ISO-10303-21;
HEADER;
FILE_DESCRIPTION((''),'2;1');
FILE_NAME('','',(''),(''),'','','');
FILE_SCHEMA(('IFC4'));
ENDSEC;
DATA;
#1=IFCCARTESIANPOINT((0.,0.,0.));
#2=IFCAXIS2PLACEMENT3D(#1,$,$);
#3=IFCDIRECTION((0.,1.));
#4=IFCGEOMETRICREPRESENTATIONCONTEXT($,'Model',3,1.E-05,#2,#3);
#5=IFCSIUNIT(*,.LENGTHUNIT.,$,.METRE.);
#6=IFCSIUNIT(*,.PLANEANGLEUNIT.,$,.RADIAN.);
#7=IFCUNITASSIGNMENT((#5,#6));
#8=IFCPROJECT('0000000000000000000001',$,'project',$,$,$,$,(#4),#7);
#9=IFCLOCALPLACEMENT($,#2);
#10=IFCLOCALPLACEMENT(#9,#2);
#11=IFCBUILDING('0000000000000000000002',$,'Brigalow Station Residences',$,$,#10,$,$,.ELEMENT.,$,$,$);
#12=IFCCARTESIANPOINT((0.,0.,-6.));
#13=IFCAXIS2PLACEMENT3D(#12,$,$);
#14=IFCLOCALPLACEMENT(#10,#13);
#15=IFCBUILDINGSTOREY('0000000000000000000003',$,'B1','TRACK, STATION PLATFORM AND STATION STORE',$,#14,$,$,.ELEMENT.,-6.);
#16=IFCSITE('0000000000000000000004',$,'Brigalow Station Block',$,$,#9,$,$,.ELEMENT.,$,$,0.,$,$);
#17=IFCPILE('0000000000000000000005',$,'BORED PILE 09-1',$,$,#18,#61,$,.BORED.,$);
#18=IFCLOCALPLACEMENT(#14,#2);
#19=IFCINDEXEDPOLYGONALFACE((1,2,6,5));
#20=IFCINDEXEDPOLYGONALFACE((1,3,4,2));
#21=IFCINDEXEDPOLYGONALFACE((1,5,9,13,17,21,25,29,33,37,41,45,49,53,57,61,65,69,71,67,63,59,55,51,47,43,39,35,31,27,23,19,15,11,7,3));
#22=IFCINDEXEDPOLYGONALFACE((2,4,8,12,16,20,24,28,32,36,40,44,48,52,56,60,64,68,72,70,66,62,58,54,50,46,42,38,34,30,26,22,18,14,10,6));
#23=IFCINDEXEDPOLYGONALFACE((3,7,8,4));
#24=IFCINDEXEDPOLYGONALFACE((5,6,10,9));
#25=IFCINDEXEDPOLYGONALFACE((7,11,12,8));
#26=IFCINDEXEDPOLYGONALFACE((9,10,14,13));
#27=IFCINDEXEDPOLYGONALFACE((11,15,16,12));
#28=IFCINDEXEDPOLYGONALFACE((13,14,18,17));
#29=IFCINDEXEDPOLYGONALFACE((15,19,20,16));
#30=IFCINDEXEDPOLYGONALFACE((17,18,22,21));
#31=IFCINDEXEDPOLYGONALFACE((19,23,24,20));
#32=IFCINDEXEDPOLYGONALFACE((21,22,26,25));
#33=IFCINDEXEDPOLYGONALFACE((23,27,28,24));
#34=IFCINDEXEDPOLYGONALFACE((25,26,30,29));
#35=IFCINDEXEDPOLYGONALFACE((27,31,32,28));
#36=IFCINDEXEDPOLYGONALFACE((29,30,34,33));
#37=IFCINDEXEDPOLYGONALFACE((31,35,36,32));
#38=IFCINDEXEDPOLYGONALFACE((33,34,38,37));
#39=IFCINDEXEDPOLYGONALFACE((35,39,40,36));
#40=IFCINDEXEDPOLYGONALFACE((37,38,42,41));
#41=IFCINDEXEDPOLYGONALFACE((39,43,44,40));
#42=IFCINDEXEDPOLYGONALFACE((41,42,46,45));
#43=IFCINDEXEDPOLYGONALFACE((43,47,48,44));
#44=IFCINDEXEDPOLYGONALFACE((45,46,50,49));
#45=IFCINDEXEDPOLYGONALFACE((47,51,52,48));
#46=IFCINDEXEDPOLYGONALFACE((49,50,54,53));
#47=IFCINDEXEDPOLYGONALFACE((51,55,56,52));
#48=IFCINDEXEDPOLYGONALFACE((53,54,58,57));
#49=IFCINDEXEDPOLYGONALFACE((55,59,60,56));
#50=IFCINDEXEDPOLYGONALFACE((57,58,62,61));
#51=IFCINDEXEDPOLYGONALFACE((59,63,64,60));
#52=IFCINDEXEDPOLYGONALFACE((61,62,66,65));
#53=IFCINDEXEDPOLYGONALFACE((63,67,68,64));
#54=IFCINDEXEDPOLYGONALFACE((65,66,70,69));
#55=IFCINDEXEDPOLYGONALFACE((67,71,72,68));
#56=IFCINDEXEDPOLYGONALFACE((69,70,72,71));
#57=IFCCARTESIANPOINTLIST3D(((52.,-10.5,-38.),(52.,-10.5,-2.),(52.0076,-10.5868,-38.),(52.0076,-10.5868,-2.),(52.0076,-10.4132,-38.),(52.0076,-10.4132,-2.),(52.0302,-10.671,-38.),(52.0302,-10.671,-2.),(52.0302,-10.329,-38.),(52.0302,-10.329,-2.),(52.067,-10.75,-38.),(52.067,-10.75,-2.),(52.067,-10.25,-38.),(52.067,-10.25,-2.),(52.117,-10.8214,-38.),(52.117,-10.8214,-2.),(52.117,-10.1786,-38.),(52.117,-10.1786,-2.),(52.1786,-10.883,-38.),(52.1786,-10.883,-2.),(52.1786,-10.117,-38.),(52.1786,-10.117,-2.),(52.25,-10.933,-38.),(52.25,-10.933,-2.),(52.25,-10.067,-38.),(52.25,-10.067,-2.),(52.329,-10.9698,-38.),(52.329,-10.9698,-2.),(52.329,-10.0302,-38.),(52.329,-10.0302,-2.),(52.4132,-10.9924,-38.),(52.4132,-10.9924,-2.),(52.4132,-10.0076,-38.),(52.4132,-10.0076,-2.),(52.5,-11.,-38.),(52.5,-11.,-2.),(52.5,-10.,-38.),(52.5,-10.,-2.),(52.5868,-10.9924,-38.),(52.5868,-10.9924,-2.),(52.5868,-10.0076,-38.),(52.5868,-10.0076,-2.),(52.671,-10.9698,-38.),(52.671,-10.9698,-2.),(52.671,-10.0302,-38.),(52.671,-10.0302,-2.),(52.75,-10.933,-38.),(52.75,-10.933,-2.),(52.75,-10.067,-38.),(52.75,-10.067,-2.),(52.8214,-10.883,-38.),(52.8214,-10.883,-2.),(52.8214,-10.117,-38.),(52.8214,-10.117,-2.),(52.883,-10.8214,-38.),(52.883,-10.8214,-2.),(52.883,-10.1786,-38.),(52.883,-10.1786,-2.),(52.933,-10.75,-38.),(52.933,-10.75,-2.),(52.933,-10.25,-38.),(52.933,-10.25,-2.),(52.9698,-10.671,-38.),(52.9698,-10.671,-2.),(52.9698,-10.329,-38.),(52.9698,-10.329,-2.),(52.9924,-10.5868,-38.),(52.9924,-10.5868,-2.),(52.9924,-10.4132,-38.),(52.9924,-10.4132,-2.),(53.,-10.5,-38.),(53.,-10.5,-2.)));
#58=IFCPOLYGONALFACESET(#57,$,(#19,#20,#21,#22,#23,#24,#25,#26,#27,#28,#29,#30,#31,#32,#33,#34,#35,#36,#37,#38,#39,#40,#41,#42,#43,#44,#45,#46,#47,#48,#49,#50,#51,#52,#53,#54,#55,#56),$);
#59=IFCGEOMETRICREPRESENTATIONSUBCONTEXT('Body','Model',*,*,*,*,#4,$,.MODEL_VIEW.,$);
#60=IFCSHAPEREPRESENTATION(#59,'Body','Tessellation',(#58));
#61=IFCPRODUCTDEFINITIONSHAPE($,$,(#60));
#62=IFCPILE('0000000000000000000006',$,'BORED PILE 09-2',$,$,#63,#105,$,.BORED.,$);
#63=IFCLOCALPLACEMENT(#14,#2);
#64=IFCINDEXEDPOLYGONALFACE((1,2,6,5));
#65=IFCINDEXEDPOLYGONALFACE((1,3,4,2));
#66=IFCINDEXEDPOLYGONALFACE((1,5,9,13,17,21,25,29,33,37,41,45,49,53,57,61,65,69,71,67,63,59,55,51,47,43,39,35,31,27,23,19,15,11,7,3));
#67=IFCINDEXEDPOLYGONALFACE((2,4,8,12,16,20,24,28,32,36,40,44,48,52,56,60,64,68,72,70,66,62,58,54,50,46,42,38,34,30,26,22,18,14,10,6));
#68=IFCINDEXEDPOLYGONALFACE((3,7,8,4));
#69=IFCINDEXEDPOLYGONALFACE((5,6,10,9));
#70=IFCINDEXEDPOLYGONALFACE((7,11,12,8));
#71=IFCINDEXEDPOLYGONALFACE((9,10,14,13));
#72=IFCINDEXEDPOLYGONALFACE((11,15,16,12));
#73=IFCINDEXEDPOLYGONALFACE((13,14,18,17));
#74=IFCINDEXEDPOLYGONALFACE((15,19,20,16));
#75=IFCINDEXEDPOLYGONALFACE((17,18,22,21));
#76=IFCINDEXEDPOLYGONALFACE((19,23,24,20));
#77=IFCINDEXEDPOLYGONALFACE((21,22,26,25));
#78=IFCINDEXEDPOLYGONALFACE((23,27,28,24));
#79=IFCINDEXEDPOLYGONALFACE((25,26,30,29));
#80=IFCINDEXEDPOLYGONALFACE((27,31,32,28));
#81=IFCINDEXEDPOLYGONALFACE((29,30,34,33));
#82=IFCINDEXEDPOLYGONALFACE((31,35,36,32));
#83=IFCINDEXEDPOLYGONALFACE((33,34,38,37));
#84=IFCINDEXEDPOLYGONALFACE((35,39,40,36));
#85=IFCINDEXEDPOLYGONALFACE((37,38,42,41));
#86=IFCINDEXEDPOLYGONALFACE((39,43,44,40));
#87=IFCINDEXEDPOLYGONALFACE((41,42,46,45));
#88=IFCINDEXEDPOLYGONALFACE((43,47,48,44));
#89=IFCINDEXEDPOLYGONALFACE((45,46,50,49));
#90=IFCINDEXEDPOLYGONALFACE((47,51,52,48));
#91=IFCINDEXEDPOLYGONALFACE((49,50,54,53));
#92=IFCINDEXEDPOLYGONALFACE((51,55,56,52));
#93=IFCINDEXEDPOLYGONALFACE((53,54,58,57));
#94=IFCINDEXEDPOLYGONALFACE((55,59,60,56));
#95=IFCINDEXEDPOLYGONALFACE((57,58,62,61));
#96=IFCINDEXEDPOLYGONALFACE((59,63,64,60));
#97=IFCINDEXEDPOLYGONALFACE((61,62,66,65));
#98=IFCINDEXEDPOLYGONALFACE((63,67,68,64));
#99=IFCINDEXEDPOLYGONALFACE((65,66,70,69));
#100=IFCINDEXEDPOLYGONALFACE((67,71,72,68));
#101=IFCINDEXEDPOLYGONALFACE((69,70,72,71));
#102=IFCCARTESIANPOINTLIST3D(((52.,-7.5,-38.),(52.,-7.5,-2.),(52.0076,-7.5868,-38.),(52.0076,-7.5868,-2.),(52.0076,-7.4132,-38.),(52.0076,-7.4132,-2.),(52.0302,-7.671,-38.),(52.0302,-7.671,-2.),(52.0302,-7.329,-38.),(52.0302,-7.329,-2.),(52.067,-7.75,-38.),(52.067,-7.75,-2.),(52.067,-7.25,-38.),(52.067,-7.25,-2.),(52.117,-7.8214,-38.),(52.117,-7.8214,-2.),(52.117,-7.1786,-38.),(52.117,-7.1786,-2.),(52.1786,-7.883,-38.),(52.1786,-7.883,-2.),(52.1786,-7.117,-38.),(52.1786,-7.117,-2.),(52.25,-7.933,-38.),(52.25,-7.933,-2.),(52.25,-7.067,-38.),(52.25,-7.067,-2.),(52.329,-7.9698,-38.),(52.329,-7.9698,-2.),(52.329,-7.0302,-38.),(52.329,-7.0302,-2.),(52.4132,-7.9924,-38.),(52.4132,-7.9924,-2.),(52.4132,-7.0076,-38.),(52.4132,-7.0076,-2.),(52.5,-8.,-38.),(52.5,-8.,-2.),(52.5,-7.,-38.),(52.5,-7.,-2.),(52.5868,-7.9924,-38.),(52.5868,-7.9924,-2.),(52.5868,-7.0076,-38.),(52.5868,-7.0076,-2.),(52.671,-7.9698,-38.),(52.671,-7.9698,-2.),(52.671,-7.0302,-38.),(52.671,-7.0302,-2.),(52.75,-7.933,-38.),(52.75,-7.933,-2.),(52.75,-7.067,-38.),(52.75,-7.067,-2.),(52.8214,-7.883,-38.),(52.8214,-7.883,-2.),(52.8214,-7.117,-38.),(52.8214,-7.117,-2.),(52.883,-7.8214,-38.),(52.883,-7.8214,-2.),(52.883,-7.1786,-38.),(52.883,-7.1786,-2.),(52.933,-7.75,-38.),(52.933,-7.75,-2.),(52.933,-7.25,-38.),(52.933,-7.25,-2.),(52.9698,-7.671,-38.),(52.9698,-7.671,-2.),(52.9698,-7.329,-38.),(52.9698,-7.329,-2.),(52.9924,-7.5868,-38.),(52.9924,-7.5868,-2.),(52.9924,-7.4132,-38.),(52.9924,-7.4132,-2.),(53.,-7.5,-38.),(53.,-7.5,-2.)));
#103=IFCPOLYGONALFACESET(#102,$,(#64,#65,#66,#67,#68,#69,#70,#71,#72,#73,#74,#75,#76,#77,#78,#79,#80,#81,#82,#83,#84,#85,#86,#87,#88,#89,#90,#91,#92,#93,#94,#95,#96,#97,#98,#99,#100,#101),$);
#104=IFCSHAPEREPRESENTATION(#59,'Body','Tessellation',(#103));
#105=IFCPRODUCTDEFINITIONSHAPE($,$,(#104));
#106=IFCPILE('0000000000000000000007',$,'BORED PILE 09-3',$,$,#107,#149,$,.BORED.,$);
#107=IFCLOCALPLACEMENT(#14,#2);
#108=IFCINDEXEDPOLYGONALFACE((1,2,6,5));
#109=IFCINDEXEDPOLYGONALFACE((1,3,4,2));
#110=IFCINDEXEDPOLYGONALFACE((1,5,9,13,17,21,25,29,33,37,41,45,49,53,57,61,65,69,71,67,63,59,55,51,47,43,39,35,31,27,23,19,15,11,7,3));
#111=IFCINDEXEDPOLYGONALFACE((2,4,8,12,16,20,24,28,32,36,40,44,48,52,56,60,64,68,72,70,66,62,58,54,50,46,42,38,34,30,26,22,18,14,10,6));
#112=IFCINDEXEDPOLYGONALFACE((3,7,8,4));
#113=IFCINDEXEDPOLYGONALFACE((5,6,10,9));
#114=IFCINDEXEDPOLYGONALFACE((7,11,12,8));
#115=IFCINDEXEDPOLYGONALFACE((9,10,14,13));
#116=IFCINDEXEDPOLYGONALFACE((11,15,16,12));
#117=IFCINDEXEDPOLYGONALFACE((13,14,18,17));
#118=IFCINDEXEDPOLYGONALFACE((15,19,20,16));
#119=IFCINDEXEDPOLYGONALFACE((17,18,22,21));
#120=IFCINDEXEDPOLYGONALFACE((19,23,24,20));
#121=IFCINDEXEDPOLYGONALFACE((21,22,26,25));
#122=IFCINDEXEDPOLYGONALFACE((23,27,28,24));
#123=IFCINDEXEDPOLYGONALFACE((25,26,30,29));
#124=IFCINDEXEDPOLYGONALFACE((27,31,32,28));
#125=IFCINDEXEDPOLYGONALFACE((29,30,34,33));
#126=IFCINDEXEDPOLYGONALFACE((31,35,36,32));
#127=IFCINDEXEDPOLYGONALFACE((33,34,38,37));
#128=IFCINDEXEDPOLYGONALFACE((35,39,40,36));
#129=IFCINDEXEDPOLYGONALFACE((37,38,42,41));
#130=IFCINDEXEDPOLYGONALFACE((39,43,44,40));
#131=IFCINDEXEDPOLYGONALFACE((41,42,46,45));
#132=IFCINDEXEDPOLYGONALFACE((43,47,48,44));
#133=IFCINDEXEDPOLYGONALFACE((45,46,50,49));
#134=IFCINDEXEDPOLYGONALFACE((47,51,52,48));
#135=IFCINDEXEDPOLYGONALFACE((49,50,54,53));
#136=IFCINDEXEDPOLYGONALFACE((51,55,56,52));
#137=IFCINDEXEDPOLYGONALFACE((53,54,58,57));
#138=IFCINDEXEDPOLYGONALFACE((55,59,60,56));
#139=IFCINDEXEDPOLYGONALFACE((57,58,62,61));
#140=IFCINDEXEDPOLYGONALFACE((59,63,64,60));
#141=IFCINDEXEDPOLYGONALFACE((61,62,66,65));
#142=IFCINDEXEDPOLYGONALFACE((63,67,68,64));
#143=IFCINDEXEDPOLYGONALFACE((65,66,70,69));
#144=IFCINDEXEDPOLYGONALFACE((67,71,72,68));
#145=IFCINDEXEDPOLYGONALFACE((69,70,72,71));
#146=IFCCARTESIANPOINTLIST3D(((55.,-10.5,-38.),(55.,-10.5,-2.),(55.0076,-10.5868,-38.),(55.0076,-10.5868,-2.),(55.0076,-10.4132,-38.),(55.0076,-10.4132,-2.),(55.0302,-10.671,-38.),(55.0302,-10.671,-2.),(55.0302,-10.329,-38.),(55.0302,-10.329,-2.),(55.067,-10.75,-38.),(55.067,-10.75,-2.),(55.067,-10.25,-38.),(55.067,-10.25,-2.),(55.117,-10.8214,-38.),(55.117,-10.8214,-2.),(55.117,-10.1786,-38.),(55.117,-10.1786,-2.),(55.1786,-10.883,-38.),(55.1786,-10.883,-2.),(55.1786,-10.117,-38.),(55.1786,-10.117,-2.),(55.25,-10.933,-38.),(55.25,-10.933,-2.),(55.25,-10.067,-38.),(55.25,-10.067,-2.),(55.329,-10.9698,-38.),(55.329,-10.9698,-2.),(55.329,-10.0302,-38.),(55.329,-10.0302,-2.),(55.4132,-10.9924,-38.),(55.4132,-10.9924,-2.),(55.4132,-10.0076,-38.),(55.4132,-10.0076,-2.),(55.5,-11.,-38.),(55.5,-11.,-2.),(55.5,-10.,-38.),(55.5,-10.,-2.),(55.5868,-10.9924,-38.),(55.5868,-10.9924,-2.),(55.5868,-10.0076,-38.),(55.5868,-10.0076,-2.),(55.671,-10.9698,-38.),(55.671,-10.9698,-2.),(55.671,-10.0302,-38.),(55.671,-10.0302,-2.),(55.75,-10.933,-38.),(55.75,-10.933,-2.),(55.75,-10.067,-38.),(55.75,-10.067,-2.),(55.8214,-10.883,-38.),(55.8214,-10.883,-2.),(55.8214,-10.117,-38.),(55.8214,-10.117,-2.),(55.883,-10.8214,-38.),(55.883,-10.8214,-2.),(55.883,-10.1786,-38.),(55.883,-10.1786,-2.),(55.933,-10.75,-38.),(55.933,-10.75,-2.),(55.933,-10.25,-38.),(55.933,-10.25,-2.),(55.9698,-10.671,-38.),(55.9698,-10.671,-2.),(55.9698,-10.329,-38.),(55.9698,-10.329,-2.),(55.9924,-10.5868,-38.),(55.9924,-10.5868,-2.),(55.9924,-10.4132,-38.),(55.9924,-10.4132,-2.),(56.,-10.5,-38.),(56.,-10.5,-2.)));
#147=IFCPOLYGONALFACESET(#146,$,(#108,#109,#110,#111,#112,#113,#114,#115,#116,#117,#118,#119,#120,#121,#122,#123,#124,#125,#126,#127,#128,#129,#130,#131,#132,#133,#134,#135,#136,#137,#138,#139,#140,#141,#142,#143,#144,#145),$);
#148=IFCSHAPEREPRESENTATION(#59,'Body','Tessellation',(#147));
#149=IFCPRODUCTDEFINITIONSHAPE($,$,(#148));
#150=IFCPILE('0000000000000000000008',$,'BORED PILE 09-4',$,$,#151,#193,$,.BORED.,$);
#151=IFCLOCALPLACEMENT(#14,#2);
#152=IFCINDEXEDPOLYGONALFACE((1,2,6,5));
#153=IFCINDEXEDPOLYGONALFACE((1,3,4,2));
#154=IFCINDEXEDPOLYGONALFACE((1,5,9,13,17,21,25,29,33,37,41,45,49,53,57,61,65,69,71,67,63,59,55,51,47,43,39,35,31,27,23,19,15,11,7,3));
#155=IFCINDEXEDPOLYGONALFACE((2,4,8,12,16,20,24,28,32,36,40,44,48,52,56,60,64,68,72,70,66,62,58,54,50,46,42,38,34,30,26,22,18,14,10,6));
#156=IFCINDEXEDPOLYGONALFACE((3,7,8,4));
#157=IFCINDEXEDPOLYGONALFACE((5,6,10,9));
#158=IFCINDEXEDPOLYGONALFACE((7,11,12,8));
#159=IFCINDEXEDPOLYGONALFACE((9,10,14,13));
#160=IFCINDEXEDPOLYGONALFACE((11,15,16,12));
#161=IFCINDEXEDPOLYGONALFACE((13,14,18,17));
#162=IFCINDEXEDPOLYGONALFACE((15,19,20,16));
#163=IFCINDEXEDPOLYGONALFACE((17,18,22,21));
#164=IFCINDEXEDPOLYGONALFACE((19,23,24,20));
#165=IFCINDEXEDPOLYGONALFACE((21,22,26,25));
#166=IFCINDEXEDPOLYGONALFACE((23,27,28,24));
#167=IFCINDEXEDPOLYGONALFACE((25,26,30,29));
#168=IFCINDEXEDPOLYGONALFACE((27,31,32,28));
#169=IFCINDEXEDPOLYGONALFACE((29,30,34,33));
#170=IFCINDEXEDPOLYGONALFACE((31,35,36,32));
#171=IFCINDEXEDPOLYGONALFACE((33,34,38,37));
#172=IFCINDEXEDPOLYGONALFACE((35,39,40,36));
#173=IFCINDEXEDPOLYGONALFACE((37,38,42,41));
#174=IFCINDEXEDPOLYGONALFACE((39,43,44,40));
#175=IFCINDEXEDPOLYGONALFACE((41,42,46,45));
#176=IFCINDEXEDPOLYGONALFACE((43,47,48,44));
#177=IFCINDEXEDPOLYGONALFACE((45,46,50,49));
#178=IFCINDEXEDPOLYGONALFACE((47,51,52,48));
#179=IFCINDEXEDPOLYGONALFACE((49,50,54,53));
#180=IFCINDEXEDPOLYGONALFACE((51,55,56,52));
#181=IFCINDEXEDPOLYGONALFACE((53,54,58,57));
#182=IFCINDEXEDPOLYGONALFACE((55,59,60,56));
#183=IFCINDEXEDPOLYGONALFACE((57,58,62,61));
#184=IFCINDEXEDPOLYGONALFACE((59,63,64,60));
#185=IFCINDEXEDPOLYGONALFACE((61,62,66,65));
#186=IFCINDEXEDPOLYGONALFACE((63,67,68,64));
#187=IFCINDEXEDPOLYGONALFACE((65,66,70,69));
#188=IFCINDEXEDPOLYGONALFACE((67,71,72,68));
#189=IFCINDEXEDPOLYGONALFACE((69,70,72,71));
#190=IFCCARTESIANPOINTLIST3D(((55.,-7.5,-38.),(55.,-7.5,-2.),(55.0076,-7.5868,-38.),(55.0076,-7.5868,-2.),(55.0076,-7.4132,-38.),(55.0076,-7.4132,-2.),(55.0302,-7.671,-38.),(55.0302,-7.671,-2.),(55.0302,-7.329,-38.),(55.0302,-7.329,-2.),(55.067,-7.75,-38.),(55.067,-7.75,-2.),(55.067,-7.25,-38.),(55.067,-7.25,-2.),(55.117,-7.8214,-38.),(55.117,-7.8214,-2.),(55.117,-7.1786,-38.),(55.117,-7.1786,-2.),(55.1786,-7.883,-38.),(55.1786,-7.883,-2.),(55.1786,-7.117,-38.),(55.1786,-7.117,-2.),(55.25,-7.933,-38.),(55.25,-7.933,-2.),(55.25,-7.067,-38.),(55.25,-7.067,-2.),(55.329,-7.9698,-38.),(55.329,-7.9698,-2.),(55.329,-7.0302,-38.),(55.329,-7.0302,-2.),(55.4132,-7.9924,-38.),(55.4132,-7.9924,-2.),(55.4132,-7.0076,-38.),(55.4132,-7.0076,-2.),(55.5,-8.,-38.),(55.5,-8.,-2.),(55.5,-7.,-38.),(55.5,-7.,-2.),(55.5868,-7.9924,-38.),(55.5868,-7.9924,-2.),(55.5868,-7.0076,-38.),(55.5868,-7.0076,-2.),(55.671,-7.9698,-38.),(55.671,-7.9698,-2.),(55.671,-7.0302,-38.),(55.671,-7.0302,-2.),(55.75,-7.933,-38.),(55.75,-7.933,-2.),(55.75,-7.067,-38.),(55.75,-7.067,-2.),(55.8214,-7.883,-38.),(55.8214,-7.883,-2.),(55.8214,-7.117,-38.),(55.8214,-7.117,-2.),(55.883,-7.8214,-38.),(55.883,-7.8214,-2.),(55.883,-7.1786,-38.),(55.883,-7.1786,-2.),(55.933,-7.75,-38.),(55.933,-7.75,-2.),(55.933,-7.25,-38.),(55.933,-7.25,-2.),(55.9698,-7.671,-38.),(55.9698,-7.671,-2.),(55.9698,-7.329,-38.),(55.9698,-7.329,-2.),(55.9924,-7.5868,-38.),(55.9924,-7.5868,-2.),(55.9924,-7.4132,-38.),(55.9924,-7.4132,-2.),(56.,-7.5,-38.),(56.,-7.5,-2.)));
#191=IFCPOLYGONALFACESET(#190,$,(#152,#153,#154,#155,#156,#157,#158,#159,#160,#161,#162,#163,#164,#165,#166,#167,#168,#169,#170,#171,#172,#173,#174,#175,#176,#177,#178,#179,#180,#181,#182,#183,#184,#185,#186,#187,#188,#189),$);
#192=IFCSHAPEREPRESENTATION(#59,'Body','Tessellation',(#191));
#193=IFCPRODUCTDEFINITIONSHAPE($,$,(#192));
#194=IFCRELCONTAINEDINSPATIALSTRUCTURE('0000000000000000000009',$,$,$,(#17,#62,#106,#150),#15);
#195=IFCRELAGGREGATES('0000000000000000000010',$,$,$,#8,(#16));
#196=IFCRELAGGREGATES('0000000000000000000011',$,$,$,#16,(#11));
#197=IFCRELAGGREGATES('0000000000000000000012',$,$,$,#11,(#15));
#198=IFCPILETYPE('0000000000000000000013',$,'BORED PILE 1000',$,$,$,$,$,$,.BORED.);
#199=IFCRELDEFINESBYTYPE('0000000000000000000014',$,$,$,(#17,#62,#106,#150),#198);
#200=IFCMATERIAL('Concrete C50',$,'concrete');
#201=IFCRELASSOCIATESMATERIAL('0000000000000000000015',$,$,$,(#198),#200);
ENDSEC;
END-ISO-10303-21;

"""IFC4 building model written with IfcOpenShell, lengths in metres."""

from ifc_helpers import new_model, si_unit, direction, frame, origin, origin_2d, place, context, subcontext, project, spatial, circle, extrude, material, material_profile, profile_set, type_object, element, save


model = new_model("IFC4")

# Units and contexts
model_context = context("Model", 3, precision=1e-05, world=origin(), true_north=direction((0.0, 1.0)))
body_context = subcontext(model_context, "Body", "Model", "MODEL_VIEW")
ifc_project = project(units=[si_unit("LENGTHUNIT", "METRE"), si_unit("PLANEANGLEUNIT", "RADIAN")], contexts=[model_context])

# Site, building, storey
site_placement = place(None, origin())
site = spatial("IfcSite", under=ifc_project, at=site_placement, Name="Brigalow Station Block", CompositionType="ELEMENT", RefElevation=0.0)
building_placement = place(site_placement, origin())
building = spatial("IfcBuilding", under=site, at=building_placement, Name="Brigalow Station Residences", CompositionType="ELEMENT")
storey_placement = place(building_placement, frame((0.0, 0.0, -6.0)))
storey = spatial("IfcBuildingStorey", under=building, at=storey_placement, Name="B1", Description="TRACK, STATION PLATFORM AND STATION STORE", CompositionType="ELEMENT", Elevation=-6.0)

# Piles
ifc_material_1 = material(Name="Concrete C50", Category="concrete")
ifc_material_profile_1 = material_profile(ifc_material_1, circle(Radius=0.5, at=origin_2d()), Name="BP1000")
ifc_profile_set_1 = profile_set([ifc_material_profile_1], Name="Concrete C50")
pile_type_1 = type_object("IfcPileType", Name="BORED PILE 1000", PredefinedType="BORED", material=ifc_profile_set_1)
for number, where, z_axis, x_axis, name in (
    (1, (52.5, -10.5, -2.0), (0.0, 0.0, -1.0), (1.0, 0.0, 0.0), "BORED PILE 09-1"),
    (2, (52.5, -7.5, -2.0), (0.0, 0.0, -1.0), (1.0, 0.0, 0.0), "BORED PILE 09-2"),
    (3, (55.5, -10.5, -2.0), (0.0, 0.0, -1.0), (1.0, 0.0, 0.0), "BORED PILE 09-3"),
    (4, (55.5, -7.5, -2.0), (0.0, 0.0, -1.0), (1.0, 0.0, 0.0), "BORED PILE 09-4"),
):
    element("IfcPile", number, at=place(storey_placement, frame(where, z_axis=z_axis, x_axis=x_axis)), inside=storey, type_object=pile_type_1, Name=name, PredefinedType="BORED", context=body_context, shape_type="SweptSolid", body=[
        extrude(circle(Radius=0.5, at=origin_2d()), origin(), (0.0, 0.0, 1.0), 36.0),
    ])

save(model, "model.ifc")
